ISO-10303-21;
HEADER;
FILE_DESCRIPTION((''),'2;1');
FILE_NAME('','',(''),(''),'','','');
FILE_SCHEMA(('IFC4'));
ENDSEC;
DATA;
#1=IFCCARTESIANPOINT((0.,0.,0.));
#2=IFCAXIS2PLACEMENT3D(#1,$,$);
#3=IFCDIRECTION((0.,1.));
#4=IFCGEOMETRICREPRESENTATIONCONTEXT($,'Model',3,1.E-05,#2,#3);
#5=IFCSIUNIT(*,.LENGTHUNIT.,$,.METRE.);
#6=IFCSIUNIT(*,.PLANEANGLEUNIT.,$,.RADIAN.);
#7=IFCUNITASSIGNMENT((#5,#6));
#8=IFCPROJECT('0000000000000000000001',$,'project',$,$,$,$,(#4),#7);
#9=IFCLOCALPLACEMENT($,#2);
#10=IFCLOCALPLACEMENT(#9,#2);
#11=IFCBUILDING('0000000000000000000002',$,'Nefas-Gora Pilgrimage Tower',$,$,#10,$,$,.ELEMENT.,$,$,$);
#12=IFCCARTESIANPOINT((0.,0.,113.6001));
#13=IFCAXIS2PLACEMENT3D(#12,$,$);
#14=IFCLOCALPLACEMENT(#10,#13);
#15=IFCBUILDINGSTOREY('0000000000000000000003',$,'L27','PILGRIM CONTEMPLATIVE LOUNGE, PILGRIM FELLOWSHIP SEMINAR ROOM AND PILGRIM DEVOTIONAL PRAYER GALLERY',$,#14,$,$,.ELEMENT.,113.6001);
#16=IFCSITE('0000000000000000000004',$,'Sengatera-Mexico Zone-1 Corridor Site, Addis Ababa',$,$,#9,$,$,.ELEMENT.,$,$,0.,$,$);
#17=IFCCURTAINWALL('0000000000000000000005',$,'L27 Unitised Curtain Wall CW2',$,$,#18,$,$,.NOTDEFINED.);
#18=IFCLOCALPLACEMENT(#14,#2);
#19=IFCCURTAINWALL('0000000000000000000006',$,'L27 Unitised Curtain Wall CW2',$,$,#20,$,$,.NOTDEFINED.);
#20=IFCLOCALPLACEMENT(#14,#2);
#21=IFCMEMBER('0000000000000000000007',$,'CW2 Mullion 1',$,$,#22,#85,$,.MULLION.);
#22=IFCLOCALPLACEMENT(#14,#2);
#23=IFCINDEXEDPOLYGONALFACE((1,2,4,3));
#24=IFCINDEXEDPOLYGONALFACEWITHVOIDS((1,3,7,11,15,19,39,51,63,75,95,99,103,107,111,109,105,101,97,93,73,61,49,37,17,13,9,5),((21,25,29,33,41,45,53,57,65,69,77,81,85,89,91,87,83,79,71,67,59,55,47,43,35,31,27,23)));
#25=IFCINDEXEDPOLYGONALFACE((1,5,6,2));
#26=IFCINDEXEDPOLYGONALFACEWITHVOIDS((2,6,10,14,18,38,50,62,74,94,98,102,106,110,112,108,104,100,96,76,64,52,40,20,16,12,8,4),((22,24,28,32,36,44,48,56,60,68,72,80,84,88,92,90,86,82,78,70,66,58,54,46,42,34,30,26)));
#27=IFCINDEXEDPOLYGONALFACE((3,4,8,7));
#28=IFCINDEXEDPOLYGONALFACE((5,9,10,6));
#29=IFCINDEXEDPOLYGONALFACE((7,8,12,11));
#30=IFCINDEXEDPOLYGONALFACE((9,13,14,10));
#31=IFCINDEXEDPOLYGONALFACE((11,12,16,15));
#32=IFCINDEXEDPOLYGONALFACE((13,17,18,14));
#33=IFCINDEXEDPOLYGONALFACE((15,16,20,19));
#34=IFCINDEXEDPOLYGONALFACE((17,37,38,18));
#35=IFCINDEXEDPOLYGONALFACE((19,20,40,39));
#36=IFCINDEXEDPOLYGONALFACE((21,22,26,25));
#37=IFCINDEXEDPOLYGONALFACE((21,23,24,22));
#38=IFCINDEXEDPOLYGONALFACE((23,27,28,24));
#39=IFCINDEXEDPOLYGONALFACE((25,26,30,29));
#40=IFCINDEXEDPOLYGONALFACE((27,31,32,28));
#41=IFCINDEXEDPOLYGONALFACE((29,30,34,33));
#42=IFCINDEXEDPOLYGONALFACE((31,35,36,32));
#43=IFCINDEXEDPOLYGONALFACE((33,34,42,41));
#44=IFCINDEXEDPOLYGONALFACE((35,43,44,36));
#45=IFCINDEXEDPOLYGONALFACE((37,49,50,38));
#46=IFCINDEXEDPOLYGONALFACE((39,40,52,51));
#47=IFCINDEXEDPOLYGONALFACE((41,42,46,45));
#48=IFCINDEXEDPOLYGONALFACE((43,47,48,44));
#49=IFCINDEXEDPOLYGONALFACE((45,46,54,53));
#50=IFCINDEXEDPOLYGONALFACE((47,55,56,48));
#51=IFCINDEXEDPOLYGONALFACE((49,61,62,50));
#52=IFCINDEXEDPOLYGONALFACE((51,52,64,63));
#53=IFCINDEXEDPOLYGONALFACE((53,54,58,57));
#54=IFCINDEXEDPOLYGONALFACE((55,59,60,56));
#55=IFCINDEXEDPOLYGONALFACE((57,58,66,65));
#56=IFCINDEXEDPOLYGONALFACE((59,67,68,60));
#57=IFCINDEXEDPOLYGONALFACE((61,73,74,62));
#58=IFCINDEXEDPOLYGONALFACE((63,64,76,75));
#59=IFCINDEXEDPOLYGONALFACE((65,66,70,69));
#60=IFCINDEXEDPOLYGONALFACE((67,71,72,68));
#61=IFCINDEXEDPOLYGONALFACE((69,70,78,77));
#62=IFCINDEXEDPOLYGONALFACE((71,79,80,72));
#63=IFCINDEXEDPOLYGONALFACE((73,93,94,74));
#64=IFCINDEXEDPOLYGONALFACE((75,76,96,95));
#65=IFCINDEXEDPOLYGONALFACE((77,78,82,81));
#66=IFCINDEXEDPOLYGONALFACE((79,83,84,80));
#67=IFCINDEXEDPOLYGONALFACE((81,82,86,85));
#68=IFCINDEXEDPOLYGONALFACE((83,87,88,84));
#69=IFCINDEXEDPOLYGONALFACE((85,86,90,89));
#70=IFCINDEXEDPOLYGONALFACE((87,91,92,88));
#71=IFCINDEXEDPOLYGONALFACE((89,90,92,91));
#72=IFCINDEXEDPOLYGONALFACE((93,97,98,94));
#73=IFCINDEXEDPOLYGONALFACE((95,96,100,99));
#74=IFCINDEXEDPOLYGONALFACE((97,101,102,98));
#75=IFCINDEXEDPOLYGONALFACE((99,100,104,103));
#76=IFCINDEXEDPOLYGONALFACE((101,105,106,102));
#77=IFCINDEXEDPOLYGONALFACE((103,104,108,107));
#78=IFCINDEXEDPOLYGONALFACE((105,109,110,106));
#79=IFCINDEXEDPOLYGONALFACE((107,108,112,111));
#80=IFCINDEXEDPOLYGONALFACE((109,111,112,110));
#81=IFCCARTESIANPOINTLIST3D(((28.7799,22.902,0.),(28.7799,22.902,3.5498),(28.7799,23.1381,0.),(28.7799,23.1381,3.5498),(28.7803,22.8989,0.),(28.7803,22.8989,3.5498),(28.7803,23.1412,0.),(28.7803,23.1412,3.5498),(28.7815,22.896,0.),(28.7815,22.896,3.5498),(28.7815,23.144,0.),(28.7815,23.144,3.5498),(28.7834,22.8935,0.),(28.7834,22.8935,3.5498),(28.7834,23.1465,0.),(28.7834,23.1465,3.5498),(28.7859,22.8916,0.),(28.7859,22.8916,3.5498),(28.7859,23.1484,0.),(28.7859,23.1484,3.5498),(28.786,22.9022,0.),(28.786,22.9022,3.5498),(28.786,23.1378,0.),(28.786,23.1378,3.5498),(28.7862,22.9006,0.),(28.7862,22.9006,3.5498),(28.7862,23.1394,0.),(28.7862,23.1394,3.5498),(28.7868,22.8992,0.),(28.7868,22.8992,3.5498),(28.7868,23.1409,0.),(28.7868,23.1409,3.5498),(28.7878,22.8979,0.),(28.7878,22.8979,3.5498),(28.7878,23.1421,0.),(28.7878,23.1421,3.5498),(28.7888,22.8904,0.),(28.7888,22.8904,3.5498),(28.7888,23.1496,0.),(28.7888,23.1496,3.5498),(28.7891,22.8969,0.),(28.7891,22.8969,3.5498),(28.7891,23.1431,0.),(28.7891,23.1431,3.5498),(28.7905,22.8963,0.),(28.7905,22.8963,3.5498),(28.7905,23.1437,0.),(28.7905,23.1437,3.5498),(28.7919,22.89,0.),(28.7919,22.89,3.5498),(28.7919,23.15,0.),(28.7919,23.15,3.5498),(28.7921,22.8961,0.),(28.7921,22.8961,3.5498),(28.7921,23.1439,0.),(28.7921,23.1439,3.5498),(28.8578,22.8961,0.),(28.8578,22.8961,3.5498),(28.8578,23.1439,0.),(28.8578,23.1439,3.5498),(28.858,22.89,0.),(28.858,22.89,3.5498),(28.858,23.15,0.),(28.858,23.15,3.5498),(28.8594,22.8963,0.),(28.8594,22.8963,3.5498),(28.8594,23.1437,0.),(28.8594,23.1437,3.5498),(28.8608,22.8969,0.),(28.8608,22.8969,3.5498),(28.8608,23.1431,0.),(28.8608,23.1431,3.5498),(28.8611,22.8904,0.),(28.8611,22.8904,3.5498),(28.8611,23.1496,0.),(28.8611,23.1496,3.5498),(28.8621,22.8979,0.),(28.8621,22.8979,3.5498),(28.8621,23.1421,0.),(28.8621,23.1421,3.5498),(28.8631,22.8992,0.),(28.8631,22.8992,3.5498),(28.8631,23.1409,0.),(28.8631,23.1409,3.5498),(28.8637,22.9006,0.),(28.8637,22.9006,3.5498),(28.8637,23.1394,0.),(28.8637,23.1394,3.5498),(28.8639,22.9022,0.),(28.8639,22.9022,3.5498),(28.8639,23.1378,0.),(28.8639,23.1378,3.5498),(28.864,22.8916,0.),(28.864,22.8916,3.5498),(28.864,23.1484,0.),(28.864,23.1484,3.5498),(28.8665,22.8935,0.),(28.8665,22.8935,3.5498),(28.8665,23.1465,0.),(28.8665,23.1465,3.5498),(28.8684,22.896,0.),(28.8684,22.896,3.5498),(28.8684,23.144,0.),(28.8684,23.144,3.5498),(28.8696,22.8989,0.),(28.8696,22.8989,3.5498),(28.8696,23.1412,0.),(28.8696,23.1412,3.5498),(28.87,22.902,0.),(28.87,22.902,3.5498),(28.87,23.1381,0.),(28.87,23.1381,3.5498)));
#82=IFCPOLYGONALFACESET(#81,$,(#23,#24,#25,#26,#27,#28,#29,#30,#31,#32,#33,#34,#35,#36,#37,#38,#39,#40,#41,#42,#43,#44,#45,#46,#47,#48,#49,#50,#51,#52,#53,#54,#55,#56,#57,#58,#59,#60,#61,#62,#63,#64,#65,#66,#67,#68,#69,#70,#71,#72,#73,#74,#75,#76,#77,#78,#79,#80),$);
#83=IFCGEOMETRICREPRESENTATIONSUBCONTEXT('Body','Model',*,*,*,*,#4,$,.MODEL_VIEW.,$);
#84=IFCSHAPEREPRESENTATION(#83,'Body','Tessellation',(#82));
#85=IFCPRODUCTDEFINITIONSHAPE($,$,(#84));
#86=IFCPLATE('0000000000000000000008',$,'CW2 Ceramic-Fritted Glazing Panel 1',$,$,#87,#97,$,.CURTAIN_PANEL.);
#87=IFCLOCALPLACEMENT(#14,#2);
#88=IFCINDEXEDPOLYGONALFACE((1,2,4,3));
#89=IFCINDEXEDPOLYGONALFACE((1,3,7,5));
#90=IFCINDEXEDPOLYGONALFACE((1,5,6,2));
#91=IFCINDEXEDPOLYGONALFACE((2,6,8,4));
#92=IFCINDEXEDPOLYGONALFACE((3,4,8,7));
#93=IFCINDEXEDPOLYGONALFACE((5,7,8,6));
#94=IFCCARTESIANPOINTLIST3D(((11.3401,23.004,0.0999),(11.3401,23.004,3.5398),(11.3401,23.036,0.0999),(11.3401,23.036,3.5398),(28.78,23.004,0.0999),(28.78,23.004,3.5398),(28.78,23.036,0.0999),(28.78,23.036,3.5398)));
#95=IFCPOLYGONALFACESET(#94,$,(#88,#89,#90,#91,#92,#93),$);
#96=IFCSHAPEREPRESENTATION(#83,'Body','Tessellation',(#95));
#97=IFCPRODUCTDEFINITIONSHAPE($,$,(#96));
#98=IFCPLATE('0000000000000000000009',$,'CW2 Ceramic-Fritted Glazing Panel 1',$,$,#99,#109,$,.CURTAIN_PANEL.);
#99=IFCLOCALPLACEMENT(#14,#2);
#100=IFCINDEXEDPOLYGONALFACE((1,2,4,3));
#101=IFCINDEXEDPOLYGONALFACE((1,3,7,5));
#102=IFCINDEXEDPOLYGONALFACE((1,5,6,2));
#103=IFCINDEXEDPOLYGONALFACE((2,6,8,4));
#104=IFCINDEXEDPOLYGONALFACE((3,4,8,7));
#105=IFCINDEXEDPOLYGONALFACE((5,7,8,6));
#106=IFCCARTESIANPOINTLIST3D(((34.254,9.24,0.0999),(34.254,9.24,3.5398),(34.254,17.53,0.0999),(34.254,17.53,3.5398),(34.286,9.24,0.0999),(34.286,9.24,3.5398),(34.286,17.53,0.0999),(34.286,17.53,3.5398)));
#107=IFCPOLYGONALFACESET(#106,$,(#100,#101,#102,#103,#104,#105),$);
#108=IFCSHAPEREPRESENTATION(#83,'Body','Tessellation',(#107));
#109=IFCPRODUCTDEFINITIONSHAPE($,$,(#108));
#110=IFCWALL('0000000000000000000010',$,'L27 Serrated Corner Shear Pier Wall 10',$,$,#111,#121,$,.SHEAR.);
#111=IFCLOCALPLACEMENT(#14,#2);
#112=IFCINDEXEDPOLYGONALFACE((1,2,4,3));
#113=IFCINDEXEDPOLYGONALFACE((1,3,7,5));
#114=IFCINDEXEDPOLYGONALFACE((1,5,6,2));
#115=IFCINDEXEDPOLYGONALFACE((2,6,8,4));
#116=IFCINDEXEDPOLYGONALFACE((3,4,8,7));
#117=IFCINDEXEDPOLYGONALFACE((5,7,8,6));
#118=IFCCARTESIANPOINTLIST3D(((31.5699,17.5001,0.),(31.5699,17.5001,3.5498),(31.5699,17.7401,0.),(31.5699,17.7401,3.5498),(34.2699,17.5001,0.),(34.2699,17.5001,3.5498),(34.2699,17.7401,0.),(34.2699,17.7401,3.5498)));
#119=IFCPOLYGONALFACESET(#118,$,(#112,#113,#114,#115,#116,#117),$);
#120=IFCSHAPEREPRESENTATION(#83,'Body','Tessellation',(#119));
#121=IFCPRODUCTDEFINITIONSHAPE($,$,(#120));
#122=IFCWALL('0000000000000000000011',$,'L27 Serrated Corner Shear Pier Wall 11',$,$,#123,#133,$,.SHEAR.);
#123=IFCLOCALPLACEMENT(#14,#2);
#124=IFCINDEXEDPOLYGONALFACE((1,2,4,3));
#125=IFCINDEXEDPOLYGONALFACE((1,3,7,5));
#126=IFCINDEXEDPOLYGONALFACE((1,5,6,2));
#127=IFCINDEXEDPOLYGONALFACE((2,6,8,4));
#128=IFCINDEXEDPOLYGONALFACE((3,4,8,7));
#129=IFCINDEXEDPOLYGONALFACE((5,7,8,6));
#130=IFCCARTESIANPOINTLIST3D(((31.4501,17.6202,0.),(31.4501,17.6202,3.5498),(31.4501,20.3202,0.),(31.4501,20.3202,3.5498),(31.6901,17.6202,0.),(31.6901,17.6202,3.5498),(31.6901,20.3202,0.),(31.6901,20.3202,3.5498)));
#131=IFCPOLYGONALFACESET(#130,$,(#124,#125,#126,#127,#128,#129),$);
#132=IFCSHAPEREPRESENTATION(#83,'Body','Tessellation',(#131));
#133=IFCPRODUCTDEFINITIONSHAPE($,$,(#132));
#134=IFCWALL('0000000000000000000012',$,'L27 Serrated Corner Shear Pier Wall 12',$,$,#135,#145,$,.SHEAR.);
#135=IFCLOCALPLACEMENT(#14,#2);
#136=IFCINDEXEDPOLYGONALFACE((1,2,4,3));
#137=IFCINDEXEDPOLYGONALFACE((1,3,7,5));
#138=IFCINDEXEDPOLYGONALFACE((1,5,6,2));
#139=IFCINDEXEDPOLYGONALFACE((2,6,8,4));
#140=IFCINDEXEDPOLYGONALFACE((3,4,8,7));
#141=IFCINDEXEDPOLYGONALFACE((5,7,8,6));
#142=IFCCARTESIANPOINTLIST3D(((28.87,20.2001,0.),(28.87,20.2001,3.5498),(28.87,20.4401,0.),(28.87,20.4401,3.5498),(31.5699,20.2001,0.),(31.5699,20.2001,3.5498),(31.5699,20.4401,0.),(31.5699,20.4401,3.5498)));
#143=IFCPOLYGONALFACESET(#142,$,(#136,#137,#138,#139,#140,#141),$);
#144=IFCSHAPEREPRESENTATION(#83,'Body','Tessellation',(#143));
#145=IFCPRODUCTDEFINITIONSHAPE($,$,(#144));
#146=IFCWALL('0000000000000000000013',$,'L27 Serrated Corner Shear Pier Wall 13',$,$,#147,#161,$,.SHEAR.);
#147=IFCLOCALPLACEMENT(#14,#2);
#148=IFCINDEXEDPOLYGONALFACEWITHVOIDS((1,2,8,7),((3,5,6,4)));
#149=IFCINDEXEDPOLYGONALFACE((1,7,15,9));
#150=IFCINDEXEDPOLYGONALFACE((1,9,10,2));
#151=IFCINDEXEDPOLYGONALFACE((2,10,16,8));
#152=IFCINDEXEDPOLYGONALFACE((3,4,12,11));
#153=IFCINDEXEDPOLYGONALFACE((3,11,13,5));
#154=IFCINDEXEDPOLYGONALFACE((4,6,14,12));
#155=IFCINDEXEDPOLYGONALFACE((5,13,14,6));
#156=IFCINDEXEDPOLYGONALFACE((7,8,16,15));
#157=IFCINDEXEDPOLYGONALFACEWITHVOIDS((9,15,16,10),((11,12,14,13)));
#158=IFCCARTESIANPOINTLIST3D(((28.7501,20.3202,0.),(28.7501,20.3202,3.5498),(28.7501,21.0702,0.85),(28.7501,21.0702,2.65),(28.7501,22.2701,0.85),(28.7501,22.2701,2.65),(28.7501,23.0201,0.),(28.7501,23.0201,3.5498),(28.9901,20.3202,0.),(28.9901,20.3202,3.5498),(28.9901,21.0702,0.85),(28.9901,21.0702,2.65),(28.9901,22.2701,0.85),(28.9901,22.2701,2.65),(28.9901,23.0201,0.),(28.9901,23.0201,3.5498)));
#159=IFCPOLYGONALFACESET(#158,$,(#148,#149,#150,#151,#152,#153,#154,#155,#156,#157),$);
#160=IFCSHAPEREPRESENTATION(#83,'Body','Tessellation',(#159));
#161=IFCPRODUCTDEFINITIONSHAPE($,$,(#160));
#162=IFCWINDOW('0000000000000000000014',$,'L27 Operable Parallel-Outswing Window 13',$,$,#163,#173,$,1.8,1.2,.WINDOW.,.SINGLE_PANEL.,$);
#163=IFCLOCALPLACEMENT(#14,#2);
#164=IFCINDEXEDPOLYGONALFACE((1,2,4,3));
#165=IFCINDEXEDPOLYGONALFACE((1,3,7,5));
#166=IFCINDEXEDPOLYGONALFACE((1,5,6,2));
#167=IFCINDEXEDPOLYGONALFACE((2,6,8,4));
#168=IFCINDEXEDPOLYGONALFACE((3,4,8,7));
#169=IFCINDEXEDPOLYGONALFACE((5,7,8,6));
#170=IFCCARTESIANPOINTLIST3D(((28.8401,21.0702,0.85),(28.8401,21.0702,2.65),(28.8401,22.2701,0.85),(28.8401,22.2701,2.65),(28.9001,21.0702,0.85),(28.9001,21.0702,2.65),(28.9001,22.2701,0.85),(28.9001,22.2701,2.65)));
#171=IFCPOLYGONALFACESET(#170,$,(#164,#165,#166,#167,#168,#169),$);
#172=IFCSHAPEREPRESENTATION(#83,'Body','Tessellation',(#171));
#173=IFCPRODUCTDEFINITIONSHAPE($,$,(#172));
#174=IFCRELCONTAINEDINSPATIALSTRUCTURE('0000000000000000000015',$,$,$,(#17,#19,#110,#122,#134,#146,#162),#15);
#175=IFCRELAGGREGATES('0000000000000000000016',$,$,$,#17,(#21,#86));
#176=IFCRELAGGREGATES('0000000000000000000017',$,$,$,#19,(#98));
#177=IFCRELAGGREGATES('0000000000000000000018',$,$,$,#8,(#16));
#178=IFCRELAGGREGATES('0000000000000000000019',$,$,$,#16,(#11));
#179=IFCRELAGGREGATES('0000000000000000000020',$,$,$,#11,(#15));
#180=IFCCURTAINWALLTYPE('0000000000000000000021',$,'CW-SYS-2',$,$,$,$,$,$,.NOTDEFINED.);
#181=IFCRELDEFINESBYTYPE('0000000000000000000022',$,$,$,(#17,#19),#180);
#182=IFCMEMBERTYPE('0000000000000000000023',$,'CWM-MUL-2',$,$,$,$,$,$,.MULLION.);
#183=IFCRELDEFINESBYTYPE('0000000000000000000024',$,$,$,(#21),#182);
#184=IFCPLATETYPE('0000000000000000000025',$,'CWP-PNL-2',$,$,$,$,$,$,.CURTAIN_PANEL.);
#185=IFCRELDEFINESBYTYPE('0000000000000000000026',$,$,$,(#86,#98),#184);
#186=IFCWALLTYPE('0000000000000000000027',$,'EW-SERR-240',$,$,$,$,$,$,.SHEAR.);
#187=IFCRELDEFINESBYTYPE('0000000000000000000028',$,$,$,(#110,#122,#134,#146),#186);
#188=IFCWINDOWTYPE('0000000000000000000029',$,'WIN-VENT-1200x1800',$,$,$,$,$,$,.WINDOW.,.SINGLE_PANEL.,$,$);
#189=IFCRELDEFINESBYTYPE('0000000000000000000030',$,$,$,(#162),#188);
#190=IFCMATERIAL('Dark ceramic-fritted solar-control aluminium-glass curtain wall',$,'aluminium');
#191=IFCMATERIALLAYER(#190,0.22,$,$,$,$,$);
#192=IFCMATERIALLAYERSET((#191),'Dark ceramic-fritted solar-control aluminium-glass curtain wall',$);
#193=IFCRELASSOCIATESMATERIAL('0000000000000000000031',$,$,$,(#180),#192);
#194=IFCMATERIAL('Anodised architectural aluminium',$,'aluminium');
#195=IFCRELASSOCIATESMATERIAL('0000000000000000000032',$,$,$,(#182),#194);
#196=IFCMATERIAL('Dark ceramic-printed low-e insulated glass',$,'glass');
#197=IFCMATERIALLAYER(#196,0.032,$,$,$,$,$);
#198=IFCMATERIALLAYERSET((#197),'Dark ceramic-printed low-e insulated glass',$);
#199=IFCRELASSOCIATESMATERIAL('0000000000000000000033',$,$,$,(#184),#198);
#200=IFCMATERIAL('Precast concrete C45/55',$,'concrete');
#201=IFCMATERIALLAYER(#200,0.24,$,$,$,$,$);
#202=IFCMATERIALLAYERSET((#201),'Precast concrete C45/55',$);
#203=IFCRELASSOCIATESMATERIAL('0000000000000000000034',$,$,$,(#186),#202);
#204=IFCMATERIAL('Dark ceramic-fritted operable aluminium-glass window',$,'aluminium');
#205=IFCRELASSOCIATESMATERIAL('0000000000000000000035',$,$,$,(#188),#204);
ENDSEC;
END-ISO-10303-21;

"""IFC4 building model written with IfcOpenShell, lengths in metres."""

from ifc_helpers import new_model, si_unit, direction, frame, frame_2d, origin, origin_2d, place, context, subcontext, project, spatial, rectangle, hollow_rectangle, extrude, source, transform, mapped, material, layer, layer_set, material_profile, profile_set, type_object, element, fill, aggregate, save


model = new_model("IFC4")

# Units and contexts
model_context = context("Model", 3, precision=1e-05, world=origin(), true_north=direction((0.0, 1.0)))
body_context = subcontext(model_context, "Body", "Model", "MODEL_VIEW")
ifc_project = project(units=[si_unit("LENGTHUNIT", "METRE"), si_unit("PLANEANGLEUNIT", "RADIAN")], contexts=[model_context])

# Site, building, storey
site_placement = place(None, origin())
site = spatial("IfcSite", under=ifc_project, at=site_placement, Name="Sengatera-Mexico Zone-1 Corridor Site, Addis Ababa", CompositionType="ELEMENT", RefElevation=0.0)
building_placement = place(site_placement, origin())
building = spatial("IfcBuilding", under=site, at=building_placement, Name="Nefas-Gora Pilgrimage Tower", CompositionType="ELEMENT")
storey_placement = place(building_placement, frame((0.0, 0.0, 113.6001)))
storey = spatial("IfcBuildingStorey", under=building, at=storey_placement, Name="L27", Description="PILGRIM CONTEMPLATIVE LOUNGE, PILGRIM FELLOWSHIP SEMINAR ROOM AND PILGRIM DEVOTIONAL PRAYER GALLERY", CompositionType="ELEMENT", Elevation=113.6001)

# Curtain wall
ifc_material_1 = material(Name="Dark ceramic-fritted solar-control aluminium-glass curtain wall", Category="aluminium")
ifc_layer_1 = layer(ifc_material_1, 0.22)
ifc_layer_set_1 = layer_set([ifc_layer_1], Name="Dark ceramic-fritted solar-control aluminium-glass curtain wall")
curtain_wall_type = type_object("IfcCurtainWallType", Name="CW-SYS-2", PredefinedType="NOTDEFINED", material=ifc_layer_set_1)
curtain_wall_1_placement = place(storey_placement, origin())
curtain_wall_1 = element("IfcCurtainWall", 1, at=curtain_wall_1_placement, inside=storey, type_object=curtain_wall_type, Name="L27 Unitised Curtain Wall CW2", PredefinedType="NOTDEFINED")
ifc_material_2 = material(Name="Anodised architectural aluminium", Category="aluminium")

# Curtain wall
curtain_wall_2_placement = place(storey_placement, origin())
curtain_wall_2 = element("IfcCurtainWall", 2, at=curtain_wall_2_placement, inside=storey, type_object=curtain_wall_type, Name="L27 Unitised Curtain Wall CW2", PredefinedType="NOTDEFINED")
ifc_material_profile_1 = material_profile(ifc_material_2, hollow_rectangle(XDim=0.0901, YDim=0.26, WallThickness=0.0061, InnerFilletRadius=0.0061, OuterFilletRadius=0.012, at=origin_2d()), Name="ALU MULLION 90x260")
ifc_profile_set_1 = profile_set([ifc_material_profile_1], Name="Anodised architectural aluminium")
member_type_1 = type_object("IfcMemberType", Name="CWM-MUL-2", PredefinedType="MULLION", material=ifc_profile_set_1)
shared_shape_1 = source(origin(), body_context, "Body", "SweptSolid", [
    extrude(hollow_rectangle(XDim=0.0901, YDim=0.26, WallThickness=0.0061, InnerFilletRadius=0.0061, OuterFilletRadius=0.012, at=origin_2d()), origin(), (0.0, 0.0, 1.0), 3.5498),
])

# Member
member_1_placement = place(storey_placement, frame((28.825, 23.02, 0.0), z_axis=(0.0, 0.0, 1.0), x_axis=(-1.0, 0.0, 0.0)))
member_1 = element("IfcMember", 3, at=member_1_placement, type_object=member_type_1, Name="CW2 Mullion 1", PredefinedType="MULLION", context=body_context, shape_type="MappedRepresentation", body=[
    mapped(shared_shape_1, transform((0.0, 0.0, 0.0), x_axis=(1.0, 0.0, 0.0), y_axis=(0.0, 1.0, 0.0), z_axis=(0.0, 0.0, 1.0), scale=1.0)),
])

# Plates
ifc_material_3 = material(Name="Dark ceramic-printed low-e insulated glass", Category="glass")
ifc_layer_2 = layer(ifc_material_3, 0.032)
ifc_layer_set_2 = layer_set([ifc_layer_2], Name="Dark ceramic-printed low-e insulated glass")
plate_type = type_object("IfcPlateType", Name="CWP-PNL-2", PredefinedType="CURTAIN_PANEL", material=ifc_layer_set_2)
shared_shape_2 = source(origin(), body_context, "Body", "SweptSolid", [
    extrude(rectangle(XDim=17.4399, YDim=0.032, at=origin_2d()), origin(), (0.0, 0.0, 1.0), 3.4399),
])
plate_1_placement = place(storey_placement, frame((20.0601, 23.02, 0.0999), z_axis=(0.0, 0.0, 1.0), x_axis=(-1.0, 0.0, 0.0)))
plate_1 = element("IfcPlate", 4, at=plate_1_placement, type_object=plate_type, Name="CW2 Ceramic-Fritted Glazing Panel 1", PredefinedType="CURTAIN_PANEL", context=body_context, shape_type="MappedRepresentation", body=[
    mapped(shared_shape_2, transform((0.0, 0.0, 0.0), x_axis=(1.0, 0.0, 0.0), y_axis=(0.0, 1.0, 0.0), z_axis=(0.0, 0.0, 1.0), scale=1.0)),
])
aggregate(curtain_wall_1, [member_1, plate_1])
shared_shape_3 = source(origin(), body_context, "Body", "SweptSolid", [
    extrude(rectangle(XDim=8.29, YDim=0.032, at=origin_2d()), origin(), (0.0, 0.0, 1.0), 3.4399),
])
plate_2_placement = place(storey_placement, frame((34.27, 13.385, 0.0999), z_axis=(0.0, 0.0, 1.0), x_axis=(0.0, 1.0, 0.0)))
plate_2 = element("IfcPlate", 5, at=plate_2_placement, type_object=plate_type, Name="CW2 Ceramic-Fritted Glazing Panel 1", PredefinedType="CURTAIN_PANEL", context=body_context, shape_type="MappedRepresentation", body=[
    mapped(shared_shape_3, transform((0.0, 0.0, 0.0), x_axis=(1.0, 0.0, 0.0), y_axis=(0.0, 1.0, 0.0), z_axis=(0.0, 0.0, 1.0), scale=1.0)),
])
aggregate(curtain_wall_2, [plate_2])

# Walls
ifc_material_4 = material(Name="Precast concrete C45/55", Category="concrete")
ifc_layer_3 = layer(ifc_material_4, 0.24)
ifc_layer_set_3 = layer_set([ifc_layer_3], Name="Precast concrete C45/55")
wall_type = type_object("IfcWallType", Name="EW-SERR-240", PredefinedType="SHEAR", material=ifc_layer_set_3)
shared_shape_4 = source(origin(), body_context, "Body", "SweptSolid", [
    extrude(rectangle(XDim=2.7, YDim=0.24, at=frame_2d((1.3501, 0.0))), origin(), (0.0, 0.0, 1.0), 3.5498),
])
for number, where, z_axis, x_axis, name in (
    (6, (34.27, 17.6201, 0.0), (0.0, 0.0, 1.0), (-1.0, 0.0, 0.0), "L27 Serrated Corner Shear Pier Wall 10"),
    (7, (31.5701, 17.6201, 0.0), (0.0, 0.0, 1.0), (0.0, 1.0, 0.0), "L27 Serrated Corner Shear Pier Wall 11"),
    (8, (31.5701, 20.3201, 0.0), (0.0, 0.0, 1.0), (-1.0, 0.0, 0.0), "L27 Serrated Corner Shear Pier Wall 12"),
):
    element("IfcWall", number, at=place(storey_placement, frame(where, z_axis=z_axis, x_axis=x_axis)), inside=storey, type_object=wall_type, Name=name, PredefinedType="SHEAR", context=body_context, shape_type="MappedRepresentation", body=[
        mapped(shared_shape_4, transform((0.0, 0.0, 0.0), x_axis=(1.0, 0.0, 0.0), y_axis=(0.0, 1.0, 0.0), z_axis=(0.0, 0.0, 1.0), scale=1.0)),
    ])

# Wall, opening, window
wall_placement = place(storey_placement, frame((28.8701, 20.3201, 0.0), z_axis=(0.0, 0.0, 1.0), x_axis=(0.0, 1.0, 0.0)))
wall = element("IfcWall", 9, at=wall_placement, inside=storey, type_object=wall_type, Name="L27 Serrated Corner Shear Pier Wall 13", PredefinedType="SHEAR", context=body_context, shape_type="MappedRepresentation", body=[
    mapped(shared_shape_4, transform((0.0, 0.0, 0.0), x_axis=(1.0, 0.0, 0.0), y_axis=(0.0, 1.0, 0.0), z_axis=(0.0, 0.0, 1.0), scale=1.0)),
])
opening_placement = place(wall_placement, frame((0.75, 0.0, 0.8501)))
opening = element("IfcOpeningElement", 10, at=opening_placement, cuts=wall, PredefinedType="OPENING", context=body_context, shape_type="SweptSolid", body=[
    extrude(rectangle(XDim=1.2, YDim=1.8, at=frame_2d((0.6001, 0.8999))), frame((0.0, 0.1299, 0.0), z_axis=(0.0, -1.0, 0.0), x_axis=(1.0, 0.0, 0.0)), (0.0, 0.0, 1.0), 0.26),
])
ifc_material_5 = material(Name="Dark ceramic-fritted operable aluminium-glass window", Category="aluminium")
window_type = type_object("IfcWindowType", Name="WIN-VENT-1200x1800", PartitioningType="SINGLE_PANEL", PredefinedType="WINDOW", material=ifc_material_5)
shared_shape_5 = source(origin(), body_context, "Body", "SweptSolid", [
    extrude(rectangle(XDim=1.2, YDim=1.8, at=frame_2d((0.6001, 0.8999))), frame((0.0, 0.03, 0.0), z_axis=(0.0, -1.0, 0.0), x_axis=(1.0, 0.0, 0.0)), (0.0, 0.0, 1.0), 0.0601),
])
window_placement = place(opening_placement, origin())
window = element("IfcWindow", 11, at=window_placement, inside=storey, type_object=window_type, Name="L27 Operable Parallel-Outswing Window 13", OverallHeight=1.8, OverallWidth=1.2, PartitioningType="SINGLE_PANEL", PredefinedType="WINDOW", context=body_context, shape_type="MappedRepresentation", body=[
    mapped(shared_shape_5, transform((0.0, 0.0, 0.0), x_axis=(1.0, 0.0, 0.0), y_axis=(0.0, 1.0, 0.0), z_axis=(0.0, 0.0, 1.0), scale=1.0)),
])
fill(opening, window)

save(model, "model.ifc")
